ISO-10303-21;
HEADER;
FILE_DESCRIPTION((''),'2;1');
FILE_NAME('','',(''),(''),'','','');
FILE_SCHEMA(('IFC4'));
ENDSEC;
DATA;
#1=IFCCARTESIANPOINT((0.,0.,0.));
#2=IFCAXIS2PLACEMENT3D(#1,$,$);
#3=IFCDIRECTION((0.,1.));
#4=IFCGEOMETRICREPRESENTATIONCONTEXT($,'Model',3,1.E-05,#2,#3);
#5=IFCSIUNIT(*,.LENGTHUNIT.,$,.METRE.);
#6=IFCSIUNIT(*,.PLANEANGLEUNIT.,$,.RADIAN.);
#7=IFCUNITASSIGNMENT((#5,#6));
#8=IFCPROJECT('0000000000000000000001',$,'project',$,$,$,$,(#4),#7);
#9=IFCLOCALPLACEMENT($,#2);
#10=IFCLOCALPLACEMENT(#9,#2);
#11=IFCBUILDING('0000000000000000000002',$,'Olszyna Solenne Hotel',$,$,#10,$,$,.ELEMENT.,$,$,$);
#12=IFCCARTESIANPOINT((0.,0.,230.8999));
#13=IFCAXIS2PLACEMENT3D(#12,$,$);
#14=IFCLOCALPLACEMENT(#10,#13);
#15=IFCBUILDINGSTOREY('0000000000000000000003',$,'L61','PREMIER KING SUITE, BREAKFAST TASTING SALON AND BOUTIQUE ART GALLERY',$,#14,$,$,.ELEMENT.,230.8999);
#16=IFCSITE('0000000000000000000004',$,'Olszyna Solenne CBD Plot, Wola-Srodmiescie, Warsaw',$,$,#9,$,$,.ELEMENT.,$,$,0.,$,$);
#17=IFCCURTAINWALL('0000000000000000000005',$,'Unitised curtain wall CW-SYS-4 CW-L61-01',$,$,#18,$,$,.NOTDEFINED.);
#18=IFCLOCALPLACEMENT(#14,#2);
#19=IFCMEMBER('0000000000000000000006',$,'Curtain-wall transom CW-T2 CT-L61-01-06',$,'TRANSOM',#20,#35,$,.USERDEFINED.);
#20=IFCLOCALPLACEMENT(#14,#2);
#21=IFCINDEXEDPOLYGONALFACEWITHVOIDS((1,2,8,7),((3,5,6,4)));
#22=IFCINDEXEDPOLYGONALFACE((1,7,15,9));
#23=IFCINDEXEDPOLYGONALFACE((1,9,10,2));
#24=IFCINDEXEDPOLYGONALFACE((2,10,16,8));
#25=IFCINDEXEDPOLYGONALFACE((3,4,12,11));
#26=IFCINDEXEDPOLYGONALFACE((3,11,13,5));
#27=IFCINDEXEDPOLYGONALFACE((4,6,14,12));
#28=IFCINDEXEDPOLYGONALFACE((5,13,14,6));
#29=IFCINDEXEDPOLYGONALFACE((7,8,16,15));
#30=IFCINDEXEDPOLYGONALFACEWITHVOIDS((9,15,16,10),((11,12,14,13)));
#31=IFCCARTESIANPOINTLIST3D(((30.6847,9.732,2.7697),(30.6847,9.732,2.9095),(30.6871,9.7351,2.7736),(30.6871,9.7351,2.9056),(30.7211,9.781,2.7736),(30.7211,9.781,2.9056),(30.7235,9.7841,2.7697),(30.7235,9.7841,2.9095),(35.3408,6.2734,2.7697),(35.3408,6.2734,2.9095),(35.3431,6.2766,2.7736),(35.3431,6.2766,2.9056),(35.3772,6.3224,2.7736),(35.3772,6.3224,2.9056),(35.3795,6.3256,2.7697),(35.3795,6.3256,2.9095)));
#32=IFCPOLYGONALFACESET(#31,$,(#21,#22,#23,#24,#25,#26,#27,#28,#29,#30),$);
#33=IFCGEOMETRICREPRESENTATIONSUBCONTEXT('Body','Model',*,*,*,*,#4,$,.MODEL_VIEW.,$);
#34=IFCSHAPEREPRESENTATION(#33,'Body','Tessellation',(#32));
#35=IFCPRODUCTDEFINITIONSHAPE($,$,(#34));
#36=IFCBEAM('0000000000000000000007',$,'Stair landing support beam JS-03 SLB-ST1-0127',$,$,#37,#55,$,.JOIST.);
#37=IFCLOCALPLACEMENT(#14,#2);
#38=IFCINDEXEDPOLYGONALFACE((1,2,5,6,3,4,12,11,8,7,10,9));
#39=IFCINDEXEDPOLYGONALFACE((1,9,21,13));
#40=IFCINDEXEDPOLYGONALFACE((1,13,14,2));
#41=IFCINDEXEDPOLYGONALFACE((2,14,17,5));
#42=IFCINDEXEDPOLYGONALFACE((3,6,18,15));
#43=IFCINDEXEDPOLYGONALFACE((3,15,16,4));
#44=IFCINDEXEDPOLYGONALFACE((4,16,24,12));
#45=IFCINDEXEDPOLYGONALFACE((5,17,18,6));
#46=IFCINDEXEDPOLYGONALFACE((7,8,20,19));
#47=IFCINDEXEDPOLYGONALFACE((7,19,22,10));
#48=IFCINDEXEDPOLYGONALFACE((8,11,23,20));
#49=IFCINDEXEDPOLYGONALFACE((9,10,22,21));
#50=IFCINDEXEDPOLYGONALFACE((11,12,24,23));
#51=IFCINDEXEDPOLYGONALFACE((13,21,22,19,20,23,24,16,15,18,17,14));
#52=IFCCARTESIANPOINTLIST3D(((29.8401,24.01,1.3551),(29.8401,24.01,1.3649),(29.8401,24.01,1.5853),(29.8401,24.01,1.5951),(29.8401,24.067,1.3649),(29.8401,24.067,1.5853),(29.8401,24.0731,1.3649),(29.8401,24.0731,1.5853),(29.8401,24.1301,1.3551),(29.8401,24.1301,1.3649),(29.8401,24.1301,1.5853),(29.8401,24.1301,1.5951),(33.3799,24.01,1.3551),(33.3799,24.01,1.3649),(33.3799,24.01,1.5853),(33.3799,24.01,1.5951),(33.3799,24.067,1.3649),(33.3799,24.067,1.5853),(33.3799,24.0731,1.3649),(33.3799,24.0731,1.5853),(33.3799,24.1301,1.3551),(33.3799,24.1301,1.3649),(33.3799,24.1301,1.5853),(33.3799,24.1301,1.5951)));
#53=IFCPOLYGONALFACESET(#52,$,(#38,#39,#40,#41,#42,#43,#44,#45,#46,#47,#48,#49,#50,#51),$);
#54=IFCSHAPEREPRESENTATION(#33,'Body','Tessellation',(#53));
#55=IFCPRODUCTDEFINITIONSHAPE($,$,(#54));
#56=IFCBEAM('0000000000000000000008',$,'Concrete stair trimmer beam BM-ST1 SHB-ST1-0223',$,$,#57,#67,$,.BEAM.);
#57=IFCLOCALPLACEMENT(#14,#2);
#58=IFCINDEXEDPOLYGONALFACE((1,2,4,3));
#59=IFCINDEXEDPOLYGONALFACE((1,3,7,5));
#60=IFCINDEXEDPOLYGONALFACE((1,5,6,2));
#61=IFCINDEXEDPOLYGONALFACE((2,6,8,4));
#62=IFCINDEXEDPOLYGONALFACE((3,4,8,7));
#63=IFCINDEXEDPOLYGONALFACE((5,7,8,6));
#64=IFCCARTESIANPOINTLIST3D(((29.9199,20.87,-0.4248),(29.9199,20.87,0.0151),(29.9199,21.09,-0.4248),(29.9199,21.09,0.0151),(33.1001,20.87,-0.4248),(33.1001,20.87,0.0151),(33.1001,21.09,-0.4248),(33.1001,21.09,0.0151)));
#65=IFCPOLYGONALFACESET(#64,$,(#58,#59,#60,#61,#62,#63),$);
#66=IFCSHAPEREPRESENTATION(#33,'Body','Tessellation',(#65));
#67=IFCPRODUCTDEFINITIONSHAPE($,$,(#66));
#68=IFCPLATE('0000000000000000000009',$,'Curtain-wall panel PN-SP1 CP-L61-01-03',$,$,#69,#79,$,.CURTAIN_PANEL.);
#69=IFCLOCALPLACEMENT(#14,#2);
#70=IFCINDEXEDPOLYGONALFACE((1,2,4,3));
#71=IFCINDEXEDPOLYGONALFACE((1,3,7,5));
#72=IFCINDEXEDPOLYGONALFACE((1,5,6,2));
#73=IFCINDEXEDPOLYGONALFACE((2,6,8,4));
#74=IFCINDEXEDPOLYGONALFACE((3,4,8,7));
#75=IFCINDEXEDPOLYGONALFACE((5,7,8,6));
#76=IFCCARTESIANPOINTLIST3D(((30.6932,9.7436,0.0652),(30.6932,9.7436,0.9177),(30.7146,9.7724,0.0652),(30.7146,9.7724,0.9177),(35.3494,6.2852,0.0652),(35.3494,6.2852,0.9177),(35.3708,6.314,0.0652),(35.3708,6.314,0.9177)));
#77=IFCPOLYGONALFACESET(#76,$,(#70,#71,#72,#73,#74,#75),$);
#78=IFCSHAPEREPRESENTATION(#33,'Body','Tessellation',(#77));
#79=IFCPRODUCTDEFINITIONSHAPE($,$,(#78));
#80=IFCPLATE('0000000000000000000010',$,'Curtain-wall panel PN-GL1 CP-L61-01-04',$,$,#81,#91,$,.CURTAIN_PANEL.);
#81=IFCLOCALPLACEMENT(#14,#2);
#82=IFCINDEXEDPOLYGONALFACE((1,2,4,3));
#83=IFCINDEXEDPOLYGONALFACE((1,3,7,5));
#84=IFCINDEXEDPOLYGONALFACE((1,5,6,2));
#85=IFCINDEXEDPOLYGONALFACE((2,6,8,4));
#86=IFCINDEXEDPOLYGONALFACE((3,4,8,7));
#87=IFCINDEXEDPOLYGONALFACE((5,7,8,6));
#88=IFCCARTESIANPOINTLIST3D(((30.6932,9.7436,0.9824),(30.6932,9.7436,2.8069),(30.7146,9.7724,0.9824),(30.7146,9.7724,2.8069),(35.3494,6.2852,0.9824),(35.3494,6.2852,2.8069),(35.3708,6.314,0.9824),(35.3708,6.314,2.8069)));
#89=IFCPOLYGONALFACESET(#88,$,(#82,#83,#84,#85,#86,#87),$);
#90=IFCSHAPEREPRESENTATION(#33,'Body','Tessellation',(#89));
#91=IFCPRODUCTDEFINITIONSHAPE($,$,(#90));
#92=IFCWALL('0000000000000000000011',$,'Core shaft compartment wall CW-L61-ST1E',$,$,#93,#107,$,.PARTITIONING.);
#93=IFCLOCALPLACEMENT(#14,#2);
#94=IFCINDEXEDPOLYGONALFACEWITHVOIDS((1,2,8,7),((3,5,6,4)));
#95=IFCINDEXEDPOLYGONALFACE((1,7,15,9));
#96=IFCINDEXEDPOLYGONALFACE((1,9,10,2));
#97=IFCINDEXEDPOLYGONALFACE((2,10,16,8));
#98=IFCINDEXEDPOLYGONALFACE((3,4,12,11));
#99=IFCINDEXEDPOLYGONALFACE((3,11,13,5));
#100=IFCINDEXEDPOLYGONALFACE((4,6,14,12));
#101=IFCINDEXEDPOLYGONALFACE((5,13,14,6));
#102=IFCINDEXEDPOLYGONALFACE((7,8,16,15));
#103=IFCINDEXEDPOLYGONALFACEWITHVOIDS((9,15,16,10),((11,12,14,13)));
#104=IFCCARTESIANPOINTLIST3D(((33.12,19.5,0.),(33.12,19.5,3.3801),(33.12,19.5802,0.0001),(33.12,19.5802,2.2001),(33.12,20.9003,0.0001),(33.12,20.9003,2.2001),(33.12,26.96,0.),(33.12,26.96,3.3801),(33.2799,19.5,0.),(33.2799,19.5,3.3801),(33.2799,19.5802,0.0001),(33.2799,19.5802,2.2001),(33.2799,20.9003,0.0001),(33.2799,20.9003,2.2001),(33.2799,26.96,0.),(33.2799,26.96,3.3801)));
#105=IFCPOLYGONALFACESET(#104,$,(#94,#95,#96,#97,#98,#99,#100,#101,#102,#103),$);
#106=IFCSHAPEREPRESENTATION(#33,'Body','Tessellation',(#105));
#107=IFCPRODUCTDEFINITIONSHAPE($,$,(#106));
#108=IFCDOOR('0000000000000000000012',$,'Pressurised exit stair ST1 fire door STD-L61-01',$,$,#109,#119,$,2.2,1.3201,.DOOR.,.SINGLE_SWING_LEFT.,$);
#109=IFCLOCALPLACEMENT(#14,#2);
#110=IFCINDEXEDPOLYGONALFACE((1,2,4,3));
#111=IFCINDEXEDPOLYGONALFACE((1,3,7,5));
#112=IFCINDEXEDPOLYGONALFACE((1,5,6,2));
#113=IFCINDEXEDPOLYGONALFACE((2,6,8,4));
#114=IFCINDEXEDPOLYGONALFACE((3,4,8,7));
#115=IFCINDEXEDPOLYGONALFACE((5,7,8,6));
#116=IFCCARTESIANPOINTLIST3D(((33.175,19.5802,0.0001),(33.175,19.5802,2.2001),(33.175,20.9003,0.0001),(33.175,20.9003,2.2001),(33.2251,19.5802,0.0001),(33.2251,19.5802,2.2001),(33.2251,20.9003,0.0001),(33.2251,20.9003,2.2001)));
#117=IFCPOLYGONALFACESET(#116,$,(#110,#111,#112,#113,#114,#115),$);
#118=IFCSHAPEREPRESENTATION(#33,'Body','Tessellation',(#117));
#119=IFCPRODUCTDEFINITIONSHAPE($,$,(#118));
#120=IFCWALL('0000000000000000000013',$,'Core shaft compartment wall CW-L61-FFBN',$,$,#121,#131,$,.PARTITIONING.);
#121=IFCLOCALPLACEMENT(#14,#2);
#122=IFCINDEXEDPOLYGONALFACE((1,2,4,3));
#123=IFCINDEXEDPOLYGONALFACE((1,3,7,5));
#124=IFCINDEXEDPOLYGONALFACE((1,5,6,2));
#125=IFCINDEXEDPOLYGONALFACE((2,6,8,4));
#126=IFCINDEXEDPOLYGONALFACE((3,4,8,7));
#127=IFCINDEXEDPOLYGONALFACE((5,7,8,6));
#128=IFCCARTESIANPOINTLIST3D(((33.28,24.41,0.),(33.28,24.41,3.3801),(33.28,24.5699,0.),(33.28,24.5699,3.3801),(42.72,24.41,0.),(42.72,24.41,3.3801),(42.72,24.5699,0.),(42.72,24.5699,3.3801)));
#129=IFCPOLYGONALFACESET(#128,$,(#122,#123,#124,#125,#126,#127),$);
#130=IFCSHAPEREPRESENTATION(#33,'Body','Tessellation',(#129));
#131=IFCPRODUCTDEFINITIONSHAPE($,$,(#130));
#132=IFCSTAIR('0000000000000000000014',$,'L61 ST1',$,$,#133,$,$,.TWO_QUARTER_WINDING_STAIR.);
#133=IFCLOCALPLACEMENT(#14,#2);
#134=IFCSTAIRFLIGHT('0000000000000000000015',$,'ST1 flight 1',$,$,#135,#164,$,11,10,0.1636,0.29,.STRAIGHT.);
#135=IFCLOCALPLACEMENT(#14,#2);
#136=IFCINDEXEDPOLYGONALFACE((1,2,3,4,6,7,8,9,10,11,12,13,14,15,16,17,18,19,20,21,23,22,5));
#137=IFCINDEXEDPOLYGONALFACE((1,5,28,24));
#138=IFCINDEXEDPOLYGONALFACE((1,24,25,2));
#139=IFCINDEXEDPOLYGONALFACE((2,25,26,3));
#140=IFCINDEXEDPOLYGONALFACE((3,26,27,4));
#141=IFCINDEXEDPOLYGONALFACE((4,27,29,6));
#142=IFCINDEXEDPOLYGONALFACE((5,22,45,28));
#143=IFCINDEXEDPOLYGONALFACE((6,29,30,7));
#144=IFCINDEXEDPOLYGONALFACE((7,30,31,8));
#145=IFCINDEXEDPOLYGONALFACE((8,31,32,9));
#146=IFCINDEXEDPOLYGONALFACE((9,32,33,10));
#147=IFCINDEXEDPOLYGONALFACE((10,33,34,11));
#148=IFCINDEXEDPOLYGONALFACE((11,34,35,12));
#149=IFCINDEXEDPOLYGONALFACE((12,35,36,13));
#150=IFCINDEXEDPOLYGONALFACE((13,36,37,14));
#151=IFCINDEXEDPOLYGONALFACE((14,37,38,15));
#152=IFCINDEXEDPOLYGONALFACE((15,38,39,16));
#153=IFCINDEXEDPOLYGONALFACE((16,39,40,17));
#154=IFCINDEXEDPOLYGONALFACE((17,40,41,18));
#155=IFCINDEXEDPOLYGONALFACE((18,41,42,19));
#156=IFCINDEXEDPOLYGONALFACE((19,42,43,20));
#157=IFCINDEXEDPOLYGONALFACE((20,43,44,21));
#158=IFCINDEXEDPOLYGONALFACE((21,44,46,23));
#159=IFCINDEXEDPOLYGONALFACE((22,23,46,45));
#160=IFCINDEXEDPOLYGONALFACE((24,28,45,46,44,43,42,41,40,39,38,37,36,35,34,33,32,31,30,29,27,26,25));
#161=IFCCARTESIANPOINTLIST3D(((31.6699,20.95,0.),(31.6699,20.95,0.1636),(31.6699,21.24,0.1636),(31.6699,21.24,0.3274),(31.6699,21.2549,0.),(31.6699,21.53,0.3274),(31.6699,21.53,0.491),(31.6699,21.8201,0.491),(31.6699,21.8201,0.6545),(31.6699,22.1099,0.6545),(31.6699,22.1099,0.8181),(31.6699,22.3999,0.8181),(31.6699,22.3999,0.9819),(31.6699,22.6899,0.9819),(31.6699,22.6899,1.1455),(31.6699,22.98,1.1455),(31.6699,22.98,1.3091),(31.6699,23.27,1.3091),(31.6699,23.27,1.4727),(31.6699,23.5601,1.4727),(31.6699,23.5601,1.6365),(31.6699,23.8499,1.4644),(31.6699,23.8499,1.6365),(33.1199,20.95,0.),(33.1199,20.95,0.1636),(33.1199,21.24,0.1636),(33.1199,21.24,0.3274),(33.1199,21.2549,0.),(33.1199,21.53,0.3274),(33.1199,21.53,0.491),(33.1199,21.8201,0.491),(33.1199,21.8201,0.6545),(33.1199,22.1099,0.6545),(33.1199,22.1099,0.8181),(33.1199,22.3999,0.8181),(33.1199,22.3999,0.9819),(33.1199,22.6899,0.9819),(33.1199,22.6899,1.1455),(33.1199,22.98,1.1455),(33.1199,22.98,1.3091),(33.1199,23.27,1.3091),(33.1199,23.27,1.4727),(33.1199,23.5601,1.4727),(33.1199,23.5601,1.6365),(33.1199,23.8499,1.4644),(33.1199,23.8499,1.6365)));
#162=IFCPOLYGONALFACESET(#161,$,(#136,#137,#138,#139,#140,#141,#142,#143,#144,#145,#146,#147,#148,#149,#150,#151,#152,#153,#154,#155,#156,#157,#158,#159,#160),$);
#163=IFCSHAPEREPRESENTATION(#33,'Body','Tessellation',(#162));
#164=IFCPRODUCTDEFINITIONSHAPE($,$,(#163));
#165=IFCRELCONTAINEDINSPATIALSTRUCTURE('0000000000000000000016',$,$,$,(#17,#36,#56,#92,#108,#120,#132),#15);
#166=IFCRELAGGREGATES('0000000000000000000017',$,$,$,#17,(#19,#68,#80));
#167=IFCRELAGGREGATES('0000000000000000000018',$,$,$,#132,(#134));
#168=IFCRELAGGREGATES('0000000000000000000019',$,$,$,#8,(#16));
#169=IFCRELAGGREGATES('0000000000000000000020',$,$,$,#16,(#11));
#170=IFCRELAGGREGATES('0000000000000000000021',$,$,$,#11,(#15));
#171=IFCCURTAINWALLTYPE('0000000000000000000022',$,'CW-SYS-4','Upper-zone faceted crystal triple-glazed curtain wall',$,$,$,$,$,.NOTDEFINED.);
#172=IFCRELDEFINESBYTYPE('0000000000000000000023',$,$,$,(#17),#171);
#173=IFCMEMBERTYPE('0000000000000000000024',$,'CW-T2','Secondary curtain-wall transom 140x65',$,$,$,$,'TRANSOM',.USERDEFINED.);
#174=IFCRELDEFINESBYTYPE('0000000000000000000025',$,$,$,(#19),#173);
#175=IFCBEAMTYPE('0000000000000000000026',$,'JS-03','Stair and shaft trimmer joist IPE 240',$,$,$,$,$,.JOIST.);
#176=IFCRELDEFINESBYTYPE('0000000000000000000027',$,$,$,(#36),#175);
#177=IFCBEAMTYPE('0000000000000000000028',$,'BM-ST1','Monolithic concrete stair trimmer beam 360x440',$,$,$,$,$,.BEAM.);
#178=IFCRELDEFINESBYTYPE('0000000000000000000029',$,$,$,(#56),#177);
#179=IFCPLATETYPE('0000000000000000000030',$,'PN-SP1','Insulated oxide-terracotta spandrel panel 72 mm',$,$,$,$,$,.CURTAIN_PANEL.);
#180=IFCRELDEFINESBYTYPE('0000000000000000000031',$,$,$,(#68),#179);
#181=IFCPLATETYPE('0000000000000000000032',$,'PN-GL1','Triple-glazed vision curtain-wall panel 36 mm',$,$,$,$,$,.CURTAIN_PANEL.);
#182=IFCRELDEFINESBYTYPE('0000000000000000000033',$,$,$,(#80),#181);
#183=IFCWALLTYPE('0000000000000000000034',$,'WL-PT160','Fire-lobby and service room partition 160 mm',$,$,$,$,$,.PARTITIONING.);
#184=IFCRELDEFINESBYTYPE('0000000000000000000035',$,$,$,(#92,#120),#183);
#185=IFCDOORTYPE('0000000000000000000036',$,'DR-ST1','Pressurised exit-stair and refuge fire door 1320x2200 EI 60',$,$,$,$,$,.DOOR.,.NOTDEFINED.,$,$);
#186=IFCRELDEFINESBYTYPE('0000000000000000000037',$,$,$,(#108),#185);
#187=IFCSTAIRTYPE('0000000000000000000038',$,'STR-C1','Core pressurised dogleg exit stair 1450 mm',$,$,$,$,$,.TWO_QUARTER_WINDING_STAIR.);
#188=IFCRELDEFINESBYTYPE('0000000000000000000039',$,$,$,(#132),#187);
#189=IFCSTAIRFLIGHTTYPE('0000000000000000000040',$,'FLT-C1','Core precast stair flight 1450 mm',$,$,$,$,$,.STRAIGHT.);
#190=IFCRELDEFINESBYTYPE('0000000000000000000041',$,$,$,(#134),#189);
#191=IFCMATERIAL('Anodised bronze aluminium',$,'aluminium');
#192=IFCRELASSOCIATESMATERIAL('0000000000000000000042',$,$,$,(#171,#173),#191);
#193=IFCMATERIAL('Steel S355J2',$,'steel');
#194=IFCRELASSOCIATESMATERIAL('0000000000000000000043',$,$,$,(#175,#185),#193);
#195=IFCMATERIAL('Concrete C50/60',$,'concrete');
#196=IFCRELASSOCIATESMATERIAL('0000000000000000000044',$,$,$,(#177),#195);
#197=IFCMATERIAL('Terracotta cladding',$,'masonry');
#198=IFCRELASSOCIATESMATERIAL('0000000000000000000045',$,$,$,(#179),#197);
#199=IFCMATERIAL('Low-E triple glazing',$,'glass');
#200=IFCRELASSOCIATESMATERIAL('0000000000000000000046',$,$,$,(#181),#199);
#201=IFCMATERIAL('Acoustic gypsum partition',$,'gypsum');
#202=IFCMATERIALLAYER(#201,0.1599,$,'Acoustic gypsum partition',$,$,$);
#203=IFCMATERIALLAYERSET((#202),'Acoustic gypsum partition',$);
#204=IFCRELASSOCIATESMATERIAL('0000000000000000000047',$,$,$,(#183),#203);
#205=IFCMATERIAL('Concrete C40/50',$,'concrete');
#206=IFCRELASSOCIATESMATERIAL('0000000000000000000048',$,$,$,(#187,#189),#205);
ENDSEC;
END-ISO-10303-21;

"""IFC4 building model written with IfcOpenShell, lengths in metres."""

from ifc_helpers import new_model, si_unit, direction, frame, frame_2d, origin, origin_2d, place, context, subcontext, project, spatial, polyline, rectangle, hollow_rectangle, i_section, outline, extrude, source, transform, mapped, material, layer, layer_set, material_profile, profile_set, type_object, type_shapes, element, fill, aggregate, save


model = new_model("IFC4")

# Units and contexts
model_context = context("Model", 3, precision=1e-05, world=origin(), true_north=direction((0.0, 1.0)))
body_context = subcontext(model_context, "Body", "Model", "MODEL_VIEW")
ifc_project = project(units=[si_unit("LENGTHUNIT", "METRE"), si_unit("PLANEANGLEUNIT", "RADIAN")], contexts=[model_context])

# Site, building, storey
site_placement = place(None, origin())
site = spatial("IfcSite", under=ifc_project, at=site_placement, Name="Olszyna Solenne CBD Plot, Wola-Srodmiescie, Warsaw", CompositionType="ELEMENT", RefElevation=0.0)
building_placement = place(site_placement, origin())
building = spatial("IfcBuilding", under=site, at=building_placement, Name="Olszyna Solenne Hotel", CompositionType="ELEMENT")
storey_placement = place(building_placement, frame((0.0, 0.0, 230.8999)))
storey = spatial("IfcBuildingStorey", under=building, at=storey_placement, Name="L61", Description="PREMIER KING SUITE, BREAKFAST TASTING SALON AND BOUTIQUE ART GALLERY", CompositionType="ELEMENT", Elevation=230.8999)

# Shared definitions
ifc_material_1 = material(Name="Steel S355J2", Category="steel")

# Curtain wall, member
ifc_material_2 = material(Name="Anodised bronze aluminium", Category="aluminium")
curtain_wall_type = type_object("IfcCurtainWallType", Name="CW-SYS-4", Description="Upper-zone faceted crystal triple-glazed curtain wall", PredefinedType="NOTDEFINED", material=ifc_material_2)
curtain_wall_placement = place(storey_placement, origin())
curtain_wall = element("IfcCurtainWall", 1, at=curtain_wall_placement, inside=storey, type_object=curtain_wall_type, Name="Unitised curtain wall CW-SYS-4 CW-L61-01", PredefinedType="NOTDEFINED")
ifc_material_profile_1 = material_profile(ifc_material_2, hollow_rectangle(XDim=0.0649, YDim=0.1399, WallThickness=0.0039, at=origin_2d()), Name="TRAN 140x65x4", Category="load-bearing")
ifc_profile_set_1 = profile_set([ifc_material_profile_1], Name="Anodised bronze aluminium")
member_type_1 = type_object("IfcMemberType", Name="CW-T2", Description="Secondary curtain-wall transom 140x65", ElementType="TRANSOM", PredefinedType="USERDEFINED", material=ifc_profile_set_1)
shared_shape_1 = source(origin(), body_context, "Body", "SweptSolid", [
    extrude(hollow_rectangle(XDim=0.0649, YDim=0.1399, WallThickness=0.0039, at=origin_2d()), origin(), (0.0, 0.0, 1.0), 5.8),
])
member_1_placement = place(storey_placement, frame((30.7041, 9.7581, 2.8396), z_axis=(0.802765, -0.596296, 0.0), x_axis=(0.596296, 0.802765, 0.0)))
member_1 = element("IfcMember", 2, at=member_1_placement, type_object=member_type_1, Name="Curtain-wall transom CW-T2 CT-L61-01-06", ObjectType="TRANSOM", PredefinedType="USERDEFINED", context=body_context, shape_type="MappedRepresentation", body=[
    mapped(shared_shape_1, transform((0.0, 0.0, 0.0), x_axis=(1.0, 0.0, 0.0), y_axis=(0.0, 1.0, 0.0), z_axis=(0.0, 0.0, 1.0), scale=1.0)),
])

# Beams
ifc_material_profile_2 = material_profile(ifc_material_1, i_section(OverallWidth=0.1201, OverallDepth=0.24, WebThickness=0.0061, FlangeThickness=0.0098, at=origin_2d()), Name="IPE 240", Category="load-bearing")
ifc_profile_set_2 = profile_set([ifc_material_profile_2], Name="Steel S355J2")
beam_type_1 = type_object("IfcBeamType", Name="JS-03", Description="Stair and shaft trimmer joist IPE 240", PredefinedType="JOIST", material=ifc_profile_set_2)
shared_shape_2 = source(origin(), body_context, "Body", "SweptSolid", [
    extrude(i_section(OverallWidth=0.1201, OverallDepth=0.24, WebThickness=0.0061, FlangeThickness=0.0098, at=origin_2d()), origin(), (0.0, 0.0, 1.0), 3.5398),
])
beam_1_placement = place(storey_placement, frame((33.3799, 24.0701, 1.4751), z_axis=(-1.0, 0.0, 0.0), x_axis=(0.0, -1.0, 0.0)))
element("IfcBeam", 3, at=beam_1_placement, inside=storey, type_object=beam_type_1, Name="Stair landing support beam JS-03 SLB-ST1-0127", PredefinedType="JOIST", context=body_context, shape_type="MappedRepresentation", body=[
    mapped(shared_shape_2, transform((0.0, 0.0, 0.0), x_axis=(1.0, 0.0, 0.0), y_axis=(0.0, 1.0, 0.0), z_axis=(0.0, 0.0, 1.0), scale=1.0)),
])
ifc_material_3 = material(Name="Concrete C50/60", Category="concrete")
ifc_material_profile_3 = material_profile(ifc_material_3, rectangle(XDim=0.22, YDim=0.4399, at=origin_2d()), Name="RC 220x440", Category="load-bearing")
ifc_profile_set_3 = profile_set([ifc_material_profile_3], Name="Concrete C50/60")
beam_type_2 = type_object("IfcBeamType", Name="BM-ST1", Description="Monolithic concrete stair trimmer beam 360x440", PredefinedType="BEAM", material=ifc_profile_set_3)
shared_shape_3 = source(origin(), body_context, "Body", "SweptSolid", [
    extrude(rectangle(XDim=0.22, YDim=0.4399, at=origin_2d()), origin(), (0.0, 0.0, 1.0), 3.1802),
])
beam_2_placement = place(storey_placement, frame((33.1001, 20.98, -0.2048), z_axis=(-1.0, 0.0, 0.0), x_axis=(0.0, -1.0, 0.0)))
element("IfcBeam", 4, at=beam_2_placement, inside=storey, type_object=beam_type_2, Name="Concrete stair trimmer beam BM-ST1 SHB-ST1-0223", PredefinedType="BEAM", context=body_context, shape_type="MappedRepresentation", body=[
    mapped(shared_shape_3, transform((0.0, 0.0, 0.0), x_axis=(1.0, 0.0, 0.0), y_axis=(0.0, 1.0, 0.0), z_axis=(0.0, 0.0, 1.0), scale=1.0)),
])

# Plates
ifc_material_4 = material(Name="Terracotta cladding", Category="masonry")
plate_type_1 = type_object("IfcPlateType", Name="PN-SP1", Description="Insulated oxide-terracotta spandrel panel 72 mm", PredefinedType="CURTAIN_PANEL", material=ifc_material_4)
shared_shape_4 = source(origin(), body_context, "Body", "SweptSolid", [
    extrude(rectangle(XDim=5.8, YDim=0.0359, at=origin_2d()), origin(), (0.0, 0.0, 1.0), 0.8525),
])
plate_1_placement = place(storey_placement, frame((33.032, 8.0288, 0.0652), z_axis=(0.0, 0.0, 1.0), x_axis=(0.802779, -0.596276, 0.0)))
plate_1 = element("IfcPlate", 5, at=plate_1_placement, type_object=plate_type_1, Name="Curtain-wall panel PN-SP1 CP-L61-01-03", PredefinedType="CURTAIN_PANEL", context=body_context, shape_type="MappedRepresentation", body=[
    mapped(shared_shape_4, transform((0.0, 0.0, 0.0), x_axis=(1.0, 0.0, 0.0), y_axis=(0.0, 1.0, 0.0), z_axis=(0.0, 0.0, 1.0), scale=1.0)),
])
ifc_material_5 = material(Name="Low-E triple glazing", Category="glass")
plate_type_2 = type_object("IfcPlateType", Name="PN-GL1", Description="Triple-glazed vision curtain-wall panel 36 mm", PredefinedType="CURTAIN_PANEL", material=ifc_material_5)
shared_shape_5 = source(origin(), body_context, "Body", "SweptSolid", [
    extrude(rectangle(XDim=5.8, YDim=0.0359, at=origin_2d()), origin(), (0.0, 0.0, 1.0), 1.8245),
])
plate_2_placement = place(storey_placement, frame((33.032, 8.0288, 0.9824), z_axis=(0.0, 0.0, 1.0), x_axis=(0.802779, -0.596276, 0.0)))
plate_2 = element("IfcPlate", 6, at=plate_2_placement, type_object=plate_type_2, Name="Curtain-wall panel PN-GL1 CP-L61-01-04", PredefinedType="CURTAIN_PANEL", context=body_context, shape_type="MappedRepresentation", body=[
    mapped(shared_shape_5, transform((0.0, 0.0, 0.0), x_axis=(1.0, 0.0, 0.0), y_axis=(0.0, 1.0, 0.0), z_axis=(0.0, 0.0, 1.0), scale=1.0)),
])
aggregate(curtain_wall, [member_1, plate_1, plate_2])

# Wall, opening, door
ifc_material_6 = material(Name="Acoustic gypsum partition", Category="gypsum")
ifc_layer = layer(ifc_material_6, 0.1599, Name="Acoustic gypsum partition")
ifc_layer_set = layer_set([ifc_layer], Name="Acoustic gypsum partition")
wall_type = type_object("IfcWallType", Name="WL-PT160", Description="Fire-lobby and service room partition 160 mm", PredefinedType="PARTITIONING", material=ifc_layer_set)
wall_1_placement = place(storey_placement, frame((33.2, 19.5, 0.0), z_axis=(0.0, 0.0, 1.0), x_axis=(0.0, 1.0, 0.0)))
wall_1 = element("IfcWall", 7, at=wall_1_placement, inside=storey, type_object=wall_type, Name="Core shaft compartment wall CW-L61-ST1E", PredefinedType="PARTITIONING", context=body_context, shape_type="SweptSolid", body=[
    extrude(rectangle(XDim=7.46, YDim=0.1599, at=frame_2d((3.73, 0.0))), origin(), (0.0, 0.0, 1.0), 3.3801),
])
opening_placement = place(wall_1_placement, frame((0.0801, 0.0, 0.0)))
opening = element("IfcOpeningElement", 8, at=opening_placement, cuts=wall_1, PredefinedType="OPENING", context=body_context, shape_type="SweptSolid", body=[
    extrude(rectangle(XDim=1.3201, YDim=2.2, at=frame_2d((0.6602, 1.1001))), frame((0.0, 0.0898, 0.0), z_axis=(0.0, -1.0, 0.0), x_axis=(1.0, 0.0, 0.0)), (0.0, 0.0, 1.0), 0.1799),
])
door_type = type_object("IfcDoorType", Name="DR-ST1", Description="Pressurised exit-stair and refuge fire door 1320x2200 EI 60", OperationType="NOTDEFINED", PredefinedType="DOOR", material=ifc_material_1)
shared_shape_6 = source(origin(), body_context, "Body", "SweptSolid", [
    extrude(rectangle(XDim=1.3201, YDim=2.2, at=frame_2d((0.6602, 1.1001))), frame((0.0, 0.0249, 0.0), z_axis=(0.0, -1.0, 0.0), x_axis=(1.0, 0.0, 0.0)), (0.0, 0.0, 1.0), 0.05),
])
type_shapes(door_type, [shared_shape_6])
door_placement = place(opening_placement, origin())
door = element("IfcDoor", 9, at=door_placement, inside=storey, type_object=door_type, Name="Pressurised exit stair ST1 fire door STD-L61-01", OperationType="SINGLE_SWING_LEFT", OverallHeight=2.2, OverallWidth=1.3201, PredefinedType="DOOR", context=body_context, shape_type="MappedRepresentation", body=[
    mapped(shared_shape_6, transform((0.0, 0.0, 0.0), x_axis=(1.0, 0.0, 0.0), y_axis=(0.0, 1.0, 0.0), z_axis=(0.0, 0.0, 1.0), scale=1.0)),
])
fill(opening, door)

# Wall
wall_2_placement = place(storey_placement, frame((33.28, 24.49, 0.0), z_axis=(0.0, 0.0, 1.0), x_axis=(1.0, 0.0, 0.0)))
element("IfcWall", 10, at=wall_2_placement, inside=storey, type_object=wall_type, Name="Core shaft compartment wall CW-L61-FFBN", PredefinedType="PARTITIONING", context=body_context, shape_type="SweptSolid", body=[
    extrude(rectangle(XDim=9.4399, YDim=0.1599, at=frame_2d((4.72, 0.0))), origin(), (0.0, 0.0, 1.0), 3.3801),
])

# Stair, stair flight
ifc_material_7 = material(Name="Concrete C40/50", Category="concrete")
stair_type = type_object("IfcStairType", Name="STR-C1", Description="Core pressurised dogleg exit stair 1450 mm", PredefinedType="TWO_QUARTER_WINDING_STAIR", material=ifc_material_7)
stair_placement = place(storey_placement, origin())
stair = element("IfcStair", 11, at=stair_placement, inside=storey, type_object=stair_type, Name="L61 ST1", PredefinedType="TWO_QUARTER_WINDING_STAIR")
stair_flight_type = type_object("IfcStairFlightType", Name="FLT-C1", Description="Core precast stair flight 1450 mm", PredefinedType="STRAIGHT", material=ifc_material_7)
stair_flight_1_placement = place(storey_placement, frame((32.395, 20.95, 0.0), z_axis=(0.0, 0.0, 1.0), x_axis=(0.0, 1.0, 0.0)))
stair_flight_1 = element("IfcStairFlight", 12, at=stair_flight_1_placement, type_object=stair_flight_type, Name="ST1 flight 1", NumberOfRisers=11, NumberOfTreads=10, PredefinedType="STRAIGHT", RiserHeight=0.1636, TreadLength=0.29, context=body_context, shape_type="SweptSolid", body=[
    extrude(outline(polyline([(0.0, 0.0), (0.0, 0.1636), (0.29, 0.1636), (0.29, 0.3274), (0.5801, 0.3274), (0.5801, 0.491), (0.8701, 0.491), (0.8701, 0.6545), (1.1599, 0.6545), (1.1599, 0.8181), (1.45, 0.8181), (1.45, 0.9819), (1.74, 0.9819), (1.74, 1.1455), (2.03, 1.1455), (2.03, 1.3091), (2.3201, 1.3091), (2.3201, 1.4727), (2.6101, 1.4727), (2.6101, 1.6365), (2.8999, 1.6365), (2.8999, 1.8), (2.8999, 1.4644), (0.3049, 0.0), (0.0, 0.0)])), frame((0.0, 0.7251, 0.0), z_axis=(0.0, -1.0, 0.0), x_axis=(1.0, 0.0, 0.0)), (0.0, 0.0, 1.0), 1.45),
])
aggregate(stair, [stair_flight_1])

save(model, "model.ifc")
